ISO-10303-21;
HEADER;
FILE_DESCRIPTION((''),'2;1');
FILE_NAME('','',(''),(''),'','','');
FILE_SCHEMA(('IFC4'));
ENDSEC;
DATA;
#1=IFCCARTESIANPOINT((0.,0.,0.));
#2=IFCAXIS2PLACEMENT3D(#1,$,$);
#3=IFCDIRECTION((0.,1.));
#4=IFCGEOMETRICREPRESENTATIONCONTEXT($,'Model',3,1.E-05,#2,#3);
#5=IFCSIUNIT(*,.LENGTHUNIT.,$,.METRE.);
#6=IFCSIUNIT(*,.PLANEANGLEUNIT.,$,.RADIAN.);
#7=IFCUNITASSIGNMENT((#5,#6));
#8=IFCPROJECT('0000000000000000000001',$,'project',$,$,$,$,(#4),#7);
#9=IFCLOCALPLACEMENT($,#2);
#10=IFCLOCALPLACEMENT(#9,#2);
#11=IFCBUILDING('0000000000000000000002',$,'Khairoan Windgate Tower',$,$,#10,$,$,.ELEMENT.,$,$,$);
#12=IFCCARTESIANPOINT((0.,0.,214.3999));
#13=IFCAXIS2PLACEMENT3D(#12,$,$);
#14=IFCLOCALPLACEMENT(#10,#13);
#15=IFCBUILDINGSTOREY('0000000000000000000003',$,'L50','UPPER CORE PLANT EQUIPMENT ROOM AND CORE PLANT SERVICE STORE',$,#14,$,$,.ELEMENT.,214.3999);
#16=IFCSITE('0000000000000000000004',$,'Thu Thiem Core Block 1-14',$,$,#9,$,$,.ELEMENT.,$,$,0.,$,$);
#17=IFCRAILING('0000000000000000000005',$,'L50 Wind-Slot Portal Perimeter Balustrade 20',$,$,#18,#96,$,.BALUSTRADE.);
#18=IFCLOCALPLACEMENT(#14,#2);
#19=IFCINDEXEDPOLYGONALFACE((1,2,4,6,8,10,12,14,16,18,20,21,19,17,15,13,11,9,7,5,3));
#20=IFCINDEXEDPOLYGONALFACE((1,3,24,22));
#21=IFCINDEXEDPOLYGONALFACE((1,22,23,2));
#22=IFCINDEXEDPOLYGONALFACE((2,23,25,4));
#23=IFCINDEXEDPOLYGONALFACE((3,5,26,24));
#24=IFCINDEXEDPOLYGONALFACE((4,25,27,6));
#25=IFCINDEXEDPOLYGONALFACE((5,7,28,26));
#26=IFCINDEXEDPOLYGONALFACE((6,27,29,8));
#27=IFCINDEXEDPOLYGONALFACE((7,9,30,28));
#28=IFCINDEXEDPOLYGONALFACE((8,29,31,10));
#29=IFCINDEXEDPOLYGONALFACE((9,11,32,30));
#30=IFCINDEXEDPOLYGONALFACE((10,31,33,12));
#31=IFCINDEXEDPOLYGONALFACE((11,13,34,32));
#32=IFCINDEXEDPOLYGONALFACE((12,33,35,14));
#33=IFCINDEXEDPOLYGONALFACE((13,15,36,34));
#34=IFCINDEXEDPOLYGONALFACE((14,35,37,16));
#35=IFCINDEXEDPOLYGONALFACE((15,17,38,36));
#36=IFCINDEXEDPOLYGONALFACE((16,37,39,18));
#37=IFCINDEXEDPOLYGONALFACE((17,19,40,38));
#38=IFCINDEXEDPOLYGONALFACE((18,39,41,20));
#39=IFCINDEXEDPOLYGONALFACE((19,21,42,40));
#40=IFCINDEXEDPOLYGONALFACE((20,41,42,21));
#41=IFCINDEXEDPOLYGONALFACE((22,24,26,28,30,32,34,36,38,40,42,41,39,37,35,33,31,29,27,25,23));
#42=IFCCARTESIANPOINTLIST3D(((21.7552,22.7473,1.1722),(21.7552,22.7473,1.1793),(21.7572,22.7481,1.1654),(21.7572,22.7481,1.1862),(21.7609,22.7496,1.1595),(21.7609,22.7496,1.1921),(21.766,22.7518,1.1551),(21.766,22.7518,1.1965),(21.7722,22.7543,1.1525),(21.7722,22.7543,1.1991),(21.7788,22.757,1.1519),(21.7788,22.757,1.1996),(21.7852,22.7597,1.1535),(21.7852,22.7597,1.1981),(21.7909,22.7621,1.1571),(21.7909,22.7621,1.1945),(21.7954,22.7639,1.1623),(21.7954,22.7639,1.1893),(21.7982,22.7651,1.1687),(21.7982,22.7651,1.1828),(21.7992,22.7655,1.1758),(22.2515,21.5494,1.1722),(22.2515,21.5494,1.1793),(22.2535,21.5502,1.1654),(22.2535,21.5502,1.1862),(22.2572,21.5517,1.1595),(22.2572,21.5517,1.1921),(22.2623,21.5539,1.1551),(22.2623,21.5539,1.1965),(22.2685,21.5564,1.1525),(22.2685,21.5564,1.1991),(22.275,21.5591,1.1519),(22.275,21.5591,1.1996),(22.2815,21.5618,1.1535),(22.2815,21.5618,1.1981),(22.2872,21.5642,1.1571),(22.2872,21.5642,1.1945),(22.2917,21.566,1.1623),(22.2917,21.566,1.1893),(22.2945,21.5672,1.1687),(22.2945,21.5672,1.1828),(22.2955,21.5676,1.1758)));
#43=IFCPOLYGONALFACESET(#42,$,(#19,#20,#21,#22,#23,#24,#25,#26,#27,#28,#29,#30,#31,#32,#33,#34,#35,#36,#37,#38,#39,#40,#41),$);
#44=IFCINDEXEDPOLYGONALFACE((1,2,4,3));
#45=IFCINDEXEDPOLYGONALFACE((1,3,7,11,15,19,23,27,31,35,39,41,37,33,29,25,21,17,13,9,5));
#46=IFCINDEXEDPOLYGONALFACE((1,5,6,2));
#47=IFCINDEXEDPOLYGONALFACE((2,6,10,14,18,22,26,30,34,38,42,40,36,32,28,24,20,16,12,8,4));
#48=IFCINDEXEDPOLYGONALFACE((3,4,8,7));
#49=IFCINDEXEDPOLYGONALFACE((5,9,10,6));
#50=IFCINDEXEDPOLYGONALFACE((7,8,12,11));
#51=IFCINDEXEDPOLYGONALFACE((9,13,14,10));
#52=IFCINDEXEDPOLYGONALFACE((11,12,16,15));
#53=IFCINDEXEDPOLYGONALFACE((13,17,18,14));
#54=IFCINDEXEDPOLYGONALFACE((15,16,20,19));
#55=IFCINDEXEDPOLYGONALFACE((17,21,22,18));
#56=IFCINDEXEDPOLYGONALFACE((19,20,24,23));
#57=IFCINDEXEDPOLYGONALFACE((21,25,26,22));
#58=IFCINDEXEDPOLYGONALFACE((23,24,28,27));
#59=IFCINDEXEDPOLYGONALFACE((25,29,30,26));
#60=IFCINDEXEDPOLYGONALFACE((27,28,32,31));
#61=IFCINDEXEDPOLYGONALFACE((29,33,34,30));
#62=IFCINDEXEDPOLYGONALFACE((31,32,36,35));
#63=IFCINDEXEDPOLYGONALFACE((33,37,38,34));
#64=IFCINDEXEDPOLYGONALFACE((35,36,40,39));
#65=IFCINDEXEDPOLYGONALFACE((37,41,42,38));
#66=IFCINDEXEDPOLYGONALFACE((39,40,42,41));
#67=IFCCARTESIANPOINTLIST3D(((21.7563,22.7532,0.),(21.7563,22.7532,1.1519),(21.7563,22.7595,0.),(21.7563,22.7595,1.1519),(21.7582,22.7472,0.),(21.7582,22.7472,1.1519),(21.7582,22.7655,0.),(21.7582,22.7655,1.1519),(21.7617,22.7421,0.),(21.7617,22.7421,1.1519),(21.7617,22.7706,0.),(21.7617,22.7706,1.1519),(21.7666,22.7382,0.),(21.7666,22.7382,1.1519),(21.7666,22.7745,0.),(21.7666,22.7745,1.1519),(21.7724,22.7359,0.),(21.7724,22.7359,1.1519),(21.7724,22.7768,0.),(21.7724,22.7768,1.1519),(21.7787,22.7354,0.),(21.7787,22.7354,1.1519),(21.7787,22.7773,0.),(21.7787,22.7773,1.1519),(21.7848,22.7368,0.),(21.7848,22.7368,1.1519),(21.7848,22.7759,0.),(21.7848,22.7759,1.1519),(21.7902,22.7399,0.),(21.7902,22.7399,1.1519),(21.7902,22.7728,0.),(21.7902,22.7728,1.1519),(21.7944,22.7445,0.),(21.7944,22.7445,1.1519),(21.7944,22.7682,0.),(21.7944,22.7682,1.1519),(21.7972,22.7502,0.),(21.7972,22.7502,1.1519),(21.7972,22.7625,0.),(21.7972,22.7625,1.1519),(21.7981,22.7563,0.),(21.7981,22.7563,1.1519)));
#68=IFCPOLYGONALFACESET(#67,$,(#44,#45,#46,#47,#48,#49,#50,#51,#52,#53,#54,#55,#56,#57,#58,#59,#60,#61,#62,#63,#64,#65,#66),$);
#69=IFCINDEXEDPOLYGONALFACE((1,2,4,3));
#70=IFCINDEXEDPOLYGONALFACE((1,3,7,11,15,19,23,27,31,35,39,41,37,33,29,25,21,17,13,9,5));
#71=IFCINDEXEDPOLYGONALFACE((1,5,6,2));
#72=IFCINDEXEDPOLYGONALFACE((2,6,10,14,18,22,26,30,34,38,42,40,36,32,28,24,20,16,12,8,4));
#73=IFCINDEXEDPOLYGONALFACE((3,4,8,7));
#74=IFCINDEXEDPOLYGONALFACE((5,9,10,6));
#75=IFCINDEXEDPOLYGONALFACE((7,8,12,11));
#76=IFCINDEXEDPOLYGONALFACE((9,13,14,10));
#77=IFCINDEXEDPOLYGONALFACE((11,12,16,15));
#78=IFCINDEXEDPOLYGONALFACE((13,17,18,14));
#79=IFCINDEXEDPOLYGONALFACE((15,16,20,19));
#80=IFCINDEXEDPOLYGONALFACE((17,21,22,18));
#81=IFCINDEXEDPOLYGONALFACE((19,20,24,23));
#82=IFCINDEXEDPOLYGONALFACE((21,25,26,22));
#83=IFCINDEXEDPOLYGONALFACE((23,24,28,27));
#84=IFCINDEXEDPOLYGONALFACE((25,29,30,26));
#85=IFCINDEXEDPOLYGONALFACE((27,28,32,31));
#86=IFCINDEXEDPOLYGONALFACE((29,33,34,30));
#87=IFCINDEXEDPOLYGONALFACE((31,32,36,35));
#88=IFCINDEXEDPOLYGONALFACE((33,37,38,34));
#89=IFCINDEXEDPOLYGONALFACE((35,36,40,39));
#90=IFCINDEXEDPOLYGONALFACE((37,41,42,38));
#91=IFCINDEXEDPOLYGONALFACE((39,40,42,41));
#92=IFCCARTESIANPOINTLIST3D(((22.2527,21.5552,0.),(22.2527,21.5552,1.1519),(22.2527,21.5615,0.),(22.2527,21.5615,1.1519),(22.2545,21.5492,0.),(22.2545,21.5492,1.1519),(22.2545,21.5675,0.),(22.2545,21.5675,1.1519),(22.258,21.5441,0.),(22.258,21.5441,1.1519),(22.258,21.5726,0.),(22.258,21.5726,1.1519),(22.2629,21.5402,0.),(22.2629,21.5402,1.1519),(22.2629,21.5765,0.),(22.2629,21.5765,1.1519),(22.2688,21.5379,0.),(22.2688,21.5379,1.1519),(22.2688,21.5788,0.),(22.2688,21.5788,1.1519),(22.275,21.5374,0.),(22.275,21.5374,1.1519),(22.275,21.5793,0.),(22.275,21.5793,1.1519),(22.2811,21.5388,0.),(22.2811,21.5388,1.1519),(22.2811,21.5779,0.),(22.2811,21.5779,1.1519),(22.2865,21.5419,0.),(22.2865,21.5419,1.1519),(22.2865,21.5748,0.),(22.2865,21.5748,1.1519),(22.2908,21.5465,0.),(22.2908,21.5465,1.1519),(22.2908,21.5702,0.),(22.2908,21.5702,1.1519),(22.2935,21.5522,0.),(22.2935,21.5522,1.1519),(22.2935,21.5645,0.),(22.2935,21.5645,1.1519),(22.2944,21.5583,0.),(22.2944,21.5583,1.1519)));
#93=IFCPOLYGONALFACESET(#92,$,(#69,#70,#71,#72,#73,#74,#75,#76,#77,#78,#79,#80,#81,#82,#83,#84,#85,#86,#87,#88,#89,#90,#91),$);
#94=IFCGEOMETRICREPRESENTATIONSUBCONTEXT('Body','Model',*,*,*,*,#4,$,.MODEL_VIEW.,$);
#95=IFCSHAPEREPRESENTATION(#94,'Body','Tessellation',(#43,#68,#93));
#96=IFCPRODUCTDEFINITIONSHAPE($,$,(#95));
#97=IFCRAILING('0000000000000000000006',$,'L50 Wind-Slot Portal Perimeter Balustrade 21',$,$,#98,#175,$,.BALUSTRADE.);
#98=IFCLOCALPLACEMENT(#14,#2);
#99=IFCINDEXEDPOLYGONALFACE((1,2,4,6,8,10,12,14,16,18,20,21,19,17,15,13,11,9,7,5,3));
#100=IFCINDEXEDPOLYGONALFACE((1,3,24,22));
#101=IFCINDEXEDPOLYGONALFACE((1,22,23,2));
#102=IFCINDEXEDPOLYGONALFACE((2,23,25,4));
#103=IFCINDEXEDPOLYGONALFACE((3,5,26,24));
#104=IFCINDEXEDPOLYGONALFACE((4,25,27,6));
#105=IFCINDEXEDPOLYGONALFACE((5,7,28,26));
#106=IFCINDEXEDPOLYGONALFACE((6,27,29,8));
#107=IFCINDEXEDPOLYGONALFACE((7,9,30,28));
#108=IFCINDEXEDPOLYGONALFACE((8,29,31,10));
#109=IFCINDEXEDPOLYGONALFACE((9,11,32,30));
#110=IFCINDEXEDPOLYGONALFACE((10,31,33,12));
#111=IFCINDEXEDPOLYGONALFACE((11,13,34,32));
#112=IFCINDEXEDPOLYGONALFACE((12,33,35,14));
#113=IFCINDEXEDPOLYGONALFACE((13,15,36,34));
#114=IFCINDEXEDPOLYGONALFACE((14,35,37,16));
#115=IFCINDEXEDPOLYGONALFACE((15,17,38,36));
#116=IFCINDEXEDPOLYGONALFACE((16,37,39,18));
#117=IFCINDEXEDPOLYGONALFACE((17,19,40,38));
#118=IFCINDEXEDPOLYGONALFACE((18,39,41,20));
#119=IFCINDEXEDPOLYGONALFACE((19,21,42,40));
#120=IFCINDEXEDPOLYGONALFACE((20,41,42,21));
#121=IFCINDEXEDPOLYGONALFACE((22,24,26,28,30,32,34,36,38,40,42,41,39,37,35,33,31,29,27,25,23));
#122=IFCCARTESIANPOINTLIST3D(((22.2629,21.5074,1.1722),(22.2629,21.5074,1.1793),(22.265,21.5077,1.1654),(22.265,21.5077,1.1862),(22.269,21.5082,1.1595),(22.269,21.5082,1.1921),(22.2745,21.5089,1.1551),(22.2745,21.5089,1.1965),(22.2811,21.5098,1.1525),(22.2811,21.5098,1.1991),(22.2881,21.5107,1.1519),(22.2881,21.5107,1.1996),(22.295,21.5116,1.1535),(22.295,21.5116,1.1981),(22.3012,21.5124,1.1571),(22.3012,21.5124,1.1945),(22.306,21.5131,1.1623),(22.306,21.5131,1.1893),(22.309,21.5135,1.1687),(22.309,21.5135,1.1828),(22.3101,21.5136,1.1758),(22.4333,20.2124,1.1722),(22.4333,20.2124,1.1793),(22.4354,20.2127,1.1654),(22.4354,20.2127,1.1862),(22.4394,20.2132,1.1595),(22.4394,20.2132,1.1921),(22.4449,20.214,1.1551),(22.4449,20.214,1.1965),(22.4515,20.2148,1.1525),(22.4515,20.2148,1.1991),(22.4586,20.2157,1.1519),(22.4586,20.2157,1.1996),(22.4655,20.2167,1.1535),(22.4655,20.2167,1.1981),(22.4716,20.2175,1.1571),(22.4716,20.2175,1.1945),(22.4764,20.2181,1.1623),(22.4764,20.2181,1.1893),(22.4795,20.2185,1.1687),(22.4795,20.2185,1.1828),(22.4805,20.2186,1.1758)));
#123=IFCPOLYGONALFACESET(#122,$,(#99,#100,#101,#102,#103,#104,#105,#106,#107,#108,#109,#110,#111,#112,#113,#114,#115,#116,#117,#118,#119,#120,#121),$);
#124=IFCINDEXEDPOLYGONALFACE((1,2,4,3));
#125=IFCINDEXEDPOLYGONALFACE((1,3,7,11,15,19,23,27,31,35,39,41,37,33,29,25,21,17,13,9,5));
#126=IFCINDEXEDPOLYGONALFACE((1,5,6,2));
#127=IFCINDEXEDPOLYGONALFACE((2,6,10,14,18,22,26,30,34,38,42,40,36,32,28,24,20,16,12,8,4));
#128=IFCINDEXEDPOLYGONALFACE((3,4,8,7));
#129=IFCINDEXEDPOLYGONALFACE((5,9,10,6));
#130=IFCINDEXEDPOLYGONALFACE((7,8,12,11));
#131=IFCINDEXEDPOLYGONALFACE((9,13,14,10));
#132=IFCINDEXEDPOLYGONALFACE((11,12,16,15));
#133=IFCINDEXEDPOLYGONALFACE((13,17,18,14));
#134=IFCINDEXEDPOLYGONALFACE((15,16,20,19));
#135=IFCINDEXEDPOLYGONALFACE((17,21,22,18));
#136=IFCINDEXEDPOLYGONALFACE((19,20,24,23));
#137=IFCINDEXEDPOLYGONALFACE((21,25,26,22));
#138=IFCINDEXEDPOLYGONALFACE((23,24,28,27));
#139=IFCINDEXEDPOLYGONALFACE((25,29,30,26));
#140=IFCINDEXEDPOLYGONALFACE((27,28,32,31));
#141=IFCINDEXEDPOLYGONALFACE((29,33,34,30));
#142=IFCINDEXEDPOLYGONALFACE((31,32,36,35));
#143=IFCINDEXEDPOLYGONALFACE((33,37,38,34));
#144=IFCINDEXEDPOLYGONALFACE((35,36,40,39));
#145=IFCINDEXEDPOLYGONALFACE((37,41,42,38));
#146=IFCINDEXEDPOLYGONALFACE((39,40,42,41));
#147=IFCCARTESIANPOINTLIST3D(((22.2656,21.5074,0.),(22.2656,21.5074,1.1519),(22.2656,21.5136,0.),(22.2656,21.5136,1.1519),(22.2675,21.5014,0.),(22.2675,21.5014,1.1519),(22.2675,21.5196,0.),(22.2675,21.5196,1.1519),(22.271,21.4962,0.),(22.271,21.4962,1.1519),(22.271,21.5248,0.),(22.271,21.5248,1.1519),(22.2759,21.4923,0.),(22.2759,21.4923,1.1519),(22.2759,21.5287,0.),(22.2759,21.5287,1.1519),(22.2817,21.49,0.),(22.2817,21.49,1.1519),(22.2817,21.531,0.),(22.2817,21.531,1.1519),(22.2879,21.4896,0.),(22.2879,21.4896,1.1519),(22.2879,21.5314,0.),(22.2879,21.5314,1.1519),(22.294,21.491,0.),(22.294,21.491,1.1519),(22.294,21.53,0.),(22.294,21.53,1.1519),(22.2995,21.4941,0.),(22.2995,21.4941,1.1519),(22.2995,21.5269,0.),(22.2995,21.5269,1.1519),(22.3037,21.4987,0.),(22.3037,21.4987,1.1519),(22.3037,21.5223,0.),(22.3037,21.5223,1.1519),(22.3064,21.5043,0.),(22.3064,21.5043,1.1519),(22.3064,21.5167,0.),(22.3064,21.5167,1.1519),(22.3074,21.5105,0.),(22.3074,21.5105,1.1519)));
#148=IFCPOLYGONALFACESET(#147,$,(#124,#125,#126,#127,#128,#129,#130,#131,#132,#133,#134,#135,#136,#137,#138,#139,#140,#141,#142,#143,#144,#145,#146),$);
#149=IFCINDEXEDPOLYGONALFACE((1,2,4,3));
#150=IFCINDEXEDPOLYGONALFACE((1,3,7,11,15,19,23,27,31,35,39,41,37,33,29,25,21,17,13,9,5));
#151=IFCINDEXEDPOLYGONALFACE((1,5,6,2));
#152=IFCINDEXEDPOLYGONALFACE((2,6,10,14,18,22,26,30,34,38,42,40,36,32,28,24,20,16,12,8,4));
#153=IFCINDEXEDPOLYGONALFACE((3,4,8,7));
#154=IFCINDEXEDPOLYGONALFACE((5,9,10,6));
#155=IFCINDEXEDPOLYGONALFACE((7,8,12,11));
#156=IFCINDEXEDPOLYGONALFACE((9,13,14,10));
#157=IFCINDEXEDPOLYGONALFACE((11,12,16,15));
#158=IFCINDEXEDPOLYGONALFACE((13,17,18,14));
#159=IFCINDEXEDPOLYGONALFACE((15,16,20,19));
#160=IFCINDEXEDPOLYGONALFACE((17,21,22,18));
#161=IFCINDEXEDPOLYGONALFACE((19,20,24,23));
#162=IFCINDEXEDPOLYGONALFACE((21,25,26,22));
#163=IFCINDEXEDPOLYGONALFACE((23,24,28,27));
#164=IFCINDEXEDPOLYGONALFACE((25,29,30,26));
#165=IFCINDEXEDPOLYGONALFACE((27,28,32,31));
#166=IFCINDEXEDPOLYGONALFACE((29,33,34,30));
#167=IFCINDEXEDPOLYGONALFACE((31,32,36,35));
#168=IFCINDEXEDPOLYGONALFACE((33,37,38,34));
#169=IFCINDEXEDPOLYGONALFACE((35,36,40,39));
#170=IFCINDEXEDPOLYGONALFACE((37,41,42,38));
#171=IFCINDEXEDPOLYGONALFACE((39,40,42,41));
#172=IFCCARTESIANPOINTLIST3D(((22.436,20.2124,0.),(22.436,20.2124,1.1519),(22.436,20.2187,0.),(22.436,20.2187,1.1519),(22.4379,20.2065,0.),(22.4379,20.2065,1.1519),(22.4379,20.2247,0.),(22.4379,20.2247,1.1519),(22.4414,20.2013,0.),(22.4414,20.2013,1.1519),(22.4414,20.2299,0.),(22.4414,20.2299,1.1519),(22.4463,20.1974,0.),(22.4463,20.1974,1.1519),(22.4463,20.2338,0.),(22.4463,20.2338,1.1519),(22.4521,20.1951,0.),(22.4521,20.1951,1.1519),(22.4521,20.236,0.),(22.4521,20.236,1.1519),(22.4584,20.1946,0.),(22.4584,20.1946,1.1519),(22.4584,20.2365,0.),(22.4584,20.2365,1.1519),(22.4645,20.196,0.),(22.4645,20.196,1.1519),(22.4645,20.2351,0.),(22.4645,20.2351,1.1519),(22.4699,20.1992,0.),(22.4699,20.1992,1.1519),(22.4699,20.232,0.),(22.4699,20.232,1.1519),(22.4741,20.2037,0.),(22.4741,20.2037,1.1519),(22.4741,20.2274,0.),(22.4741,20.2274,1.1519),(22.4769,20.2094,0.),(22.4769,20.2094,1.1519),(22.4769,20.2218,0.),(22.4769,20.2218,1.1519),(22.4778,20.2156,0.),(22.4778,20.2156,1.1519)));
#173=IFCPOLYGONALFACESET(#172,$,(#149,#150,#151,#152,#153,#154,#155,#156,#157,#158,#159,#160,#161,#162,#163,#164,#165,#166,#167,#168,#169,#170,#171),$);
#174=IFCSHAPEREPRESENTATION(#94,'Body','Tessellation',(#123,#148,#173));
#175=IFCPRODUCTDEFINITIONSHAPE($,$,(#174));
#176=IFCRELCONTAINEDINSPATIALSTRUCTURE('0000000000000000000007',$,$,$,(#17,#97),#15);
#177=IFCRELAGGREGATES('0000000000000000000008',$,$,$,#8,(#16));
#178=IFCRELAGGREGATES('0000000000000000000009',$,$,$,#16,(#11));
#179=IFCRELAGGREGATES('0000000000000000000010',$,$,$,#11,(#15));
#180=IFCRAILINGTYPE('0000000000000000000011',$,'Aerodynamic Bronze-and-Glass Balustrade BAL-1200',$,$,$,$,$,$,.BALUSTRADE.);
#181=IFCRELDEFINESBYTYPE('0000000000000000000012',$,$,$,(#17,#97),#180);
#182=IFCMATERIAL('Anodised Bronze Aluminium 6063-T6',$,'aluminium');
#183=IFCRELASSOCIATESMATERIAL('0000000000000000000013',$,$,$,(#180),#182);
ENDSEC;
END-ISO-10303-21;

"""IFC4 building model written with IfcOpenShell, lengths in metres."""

from ifc_helpers import new_model, si_unit, direction, frame, origin, origin_2d, place, context, subcontext, project, spatial, circle, extrude, material, type_object, element, save


model = new_model("IFC4")

# Units and contexts
model_context = context("Model", 3, precision=1e-05, world=origin(), true_north=direction((0.0, 1.0)))
body_context = subcontext(model_context, "Body", "Model", "MODEL_VIEW")
ifc_project = project(units=[si_unit("LENGTHUNIT", "METRE"), si_unit("PLANEANGLEUNIT", "RADIAN")], contexts=[model_context])

# Site, building, storey
site_placement = place(None, origin())
site = spatial("IfcSite", under=ifc_project, at=site_placement, Name="Thu Thiem Core Block 1-14", CompositionType="ELEMENT", RefElevation=0.0)
building_placement = place(site_placement, origin())
building = spatial("IfcBuilding", under=site, at=building_placement, Name="Khairoan Windgate Tower", CompositionType="ELEMENT")
storey_placement = place(building_placement, frame((0.0, 0.0, 214.3999)))
storey = spatial("IfcBuildingStorey", under=building, at=storey_placement, Name="L50", Description="UPPER CORE PLANT EQUIPMENT ROOM AND CORE PLANT SERVICE STORE", CompositionType="ELEMENT", Elevation=214.3999)

# Railings
ifc_material_1 = material(Name="Anodised Bronze Aluminium 6063-T6", Category="aluminium")
railing_type = type_object("IfcRailingType", Name="Aerodynamic Bronze-and-Glass Balustrade BAL-1200", PredefinedType="BALUSTRADE", material=ifc_material_1)
railing_1_placement = place(storey_placement, frame((21.7771, 22.7563, 0.0)))
element("IfcRailing", 1, at=railing_1_placement, inside=storey, type_object=railing_type, Name="L50 Wind-Slot Portal Perimeter Balustrade 20", PredefinedType="BALUSTRADE", context=body_context, shape_type="SweptSolid", body=[
    extrude(circle(Radius=0.0239, at=origin_2d()), frame((0.0, 0.0, 1.1758), z_axis=(0.382756, -0.923849, 0.0), x_axis=(0.923849, 0.382756, 0.0)), (0.0, 0.0, 1.0), 1.2966),
    extrude(circle(Radius=0.021, at=origin_2d()), origin(), (0.0, 0.0, 1.0), 1.1519),
    extrude(circle(Radius=0.021, at=origin_2d()), frame((0.4963, -1.198, 0.0)), (0.0, 0.0, 1.0), 1.1519),
])
railing_2_placement = place(storey_placement, frame((22.2864, 21.5105, 0.0)))
element("IfcRailing", 2, at=railing_2_placement, inside=storey, type_object=railing_type, Name="L50 Wind-Slot Portal Perimeter Balustrade 21", PredefinedType="BALUSTRADE", context=body_context, shape_type="SweptSolid", body=[
    extrude(circle(Radius=0.0239, at=origin_2d()), frame((0.0, 0.0, 1.1758), z_axis=(0.130474, -0.991452, 0.0), x_axis=(0.991452, 0.130474, 0.0)), (0.0, 0.0, 1.0), 1.3062),
    extrude(circle(Radius=0.021, at=origin_2d()), origin(), (0.0, 0.0, 1.0), 1.1519),
    extrude(circle(Radius=0.021, at=origin_2d()), frame((0.1704, -1.2949, 0.0)), (0.0, 0.0, 1.0), 1.1519),
])

save(model, "model.ifc")
